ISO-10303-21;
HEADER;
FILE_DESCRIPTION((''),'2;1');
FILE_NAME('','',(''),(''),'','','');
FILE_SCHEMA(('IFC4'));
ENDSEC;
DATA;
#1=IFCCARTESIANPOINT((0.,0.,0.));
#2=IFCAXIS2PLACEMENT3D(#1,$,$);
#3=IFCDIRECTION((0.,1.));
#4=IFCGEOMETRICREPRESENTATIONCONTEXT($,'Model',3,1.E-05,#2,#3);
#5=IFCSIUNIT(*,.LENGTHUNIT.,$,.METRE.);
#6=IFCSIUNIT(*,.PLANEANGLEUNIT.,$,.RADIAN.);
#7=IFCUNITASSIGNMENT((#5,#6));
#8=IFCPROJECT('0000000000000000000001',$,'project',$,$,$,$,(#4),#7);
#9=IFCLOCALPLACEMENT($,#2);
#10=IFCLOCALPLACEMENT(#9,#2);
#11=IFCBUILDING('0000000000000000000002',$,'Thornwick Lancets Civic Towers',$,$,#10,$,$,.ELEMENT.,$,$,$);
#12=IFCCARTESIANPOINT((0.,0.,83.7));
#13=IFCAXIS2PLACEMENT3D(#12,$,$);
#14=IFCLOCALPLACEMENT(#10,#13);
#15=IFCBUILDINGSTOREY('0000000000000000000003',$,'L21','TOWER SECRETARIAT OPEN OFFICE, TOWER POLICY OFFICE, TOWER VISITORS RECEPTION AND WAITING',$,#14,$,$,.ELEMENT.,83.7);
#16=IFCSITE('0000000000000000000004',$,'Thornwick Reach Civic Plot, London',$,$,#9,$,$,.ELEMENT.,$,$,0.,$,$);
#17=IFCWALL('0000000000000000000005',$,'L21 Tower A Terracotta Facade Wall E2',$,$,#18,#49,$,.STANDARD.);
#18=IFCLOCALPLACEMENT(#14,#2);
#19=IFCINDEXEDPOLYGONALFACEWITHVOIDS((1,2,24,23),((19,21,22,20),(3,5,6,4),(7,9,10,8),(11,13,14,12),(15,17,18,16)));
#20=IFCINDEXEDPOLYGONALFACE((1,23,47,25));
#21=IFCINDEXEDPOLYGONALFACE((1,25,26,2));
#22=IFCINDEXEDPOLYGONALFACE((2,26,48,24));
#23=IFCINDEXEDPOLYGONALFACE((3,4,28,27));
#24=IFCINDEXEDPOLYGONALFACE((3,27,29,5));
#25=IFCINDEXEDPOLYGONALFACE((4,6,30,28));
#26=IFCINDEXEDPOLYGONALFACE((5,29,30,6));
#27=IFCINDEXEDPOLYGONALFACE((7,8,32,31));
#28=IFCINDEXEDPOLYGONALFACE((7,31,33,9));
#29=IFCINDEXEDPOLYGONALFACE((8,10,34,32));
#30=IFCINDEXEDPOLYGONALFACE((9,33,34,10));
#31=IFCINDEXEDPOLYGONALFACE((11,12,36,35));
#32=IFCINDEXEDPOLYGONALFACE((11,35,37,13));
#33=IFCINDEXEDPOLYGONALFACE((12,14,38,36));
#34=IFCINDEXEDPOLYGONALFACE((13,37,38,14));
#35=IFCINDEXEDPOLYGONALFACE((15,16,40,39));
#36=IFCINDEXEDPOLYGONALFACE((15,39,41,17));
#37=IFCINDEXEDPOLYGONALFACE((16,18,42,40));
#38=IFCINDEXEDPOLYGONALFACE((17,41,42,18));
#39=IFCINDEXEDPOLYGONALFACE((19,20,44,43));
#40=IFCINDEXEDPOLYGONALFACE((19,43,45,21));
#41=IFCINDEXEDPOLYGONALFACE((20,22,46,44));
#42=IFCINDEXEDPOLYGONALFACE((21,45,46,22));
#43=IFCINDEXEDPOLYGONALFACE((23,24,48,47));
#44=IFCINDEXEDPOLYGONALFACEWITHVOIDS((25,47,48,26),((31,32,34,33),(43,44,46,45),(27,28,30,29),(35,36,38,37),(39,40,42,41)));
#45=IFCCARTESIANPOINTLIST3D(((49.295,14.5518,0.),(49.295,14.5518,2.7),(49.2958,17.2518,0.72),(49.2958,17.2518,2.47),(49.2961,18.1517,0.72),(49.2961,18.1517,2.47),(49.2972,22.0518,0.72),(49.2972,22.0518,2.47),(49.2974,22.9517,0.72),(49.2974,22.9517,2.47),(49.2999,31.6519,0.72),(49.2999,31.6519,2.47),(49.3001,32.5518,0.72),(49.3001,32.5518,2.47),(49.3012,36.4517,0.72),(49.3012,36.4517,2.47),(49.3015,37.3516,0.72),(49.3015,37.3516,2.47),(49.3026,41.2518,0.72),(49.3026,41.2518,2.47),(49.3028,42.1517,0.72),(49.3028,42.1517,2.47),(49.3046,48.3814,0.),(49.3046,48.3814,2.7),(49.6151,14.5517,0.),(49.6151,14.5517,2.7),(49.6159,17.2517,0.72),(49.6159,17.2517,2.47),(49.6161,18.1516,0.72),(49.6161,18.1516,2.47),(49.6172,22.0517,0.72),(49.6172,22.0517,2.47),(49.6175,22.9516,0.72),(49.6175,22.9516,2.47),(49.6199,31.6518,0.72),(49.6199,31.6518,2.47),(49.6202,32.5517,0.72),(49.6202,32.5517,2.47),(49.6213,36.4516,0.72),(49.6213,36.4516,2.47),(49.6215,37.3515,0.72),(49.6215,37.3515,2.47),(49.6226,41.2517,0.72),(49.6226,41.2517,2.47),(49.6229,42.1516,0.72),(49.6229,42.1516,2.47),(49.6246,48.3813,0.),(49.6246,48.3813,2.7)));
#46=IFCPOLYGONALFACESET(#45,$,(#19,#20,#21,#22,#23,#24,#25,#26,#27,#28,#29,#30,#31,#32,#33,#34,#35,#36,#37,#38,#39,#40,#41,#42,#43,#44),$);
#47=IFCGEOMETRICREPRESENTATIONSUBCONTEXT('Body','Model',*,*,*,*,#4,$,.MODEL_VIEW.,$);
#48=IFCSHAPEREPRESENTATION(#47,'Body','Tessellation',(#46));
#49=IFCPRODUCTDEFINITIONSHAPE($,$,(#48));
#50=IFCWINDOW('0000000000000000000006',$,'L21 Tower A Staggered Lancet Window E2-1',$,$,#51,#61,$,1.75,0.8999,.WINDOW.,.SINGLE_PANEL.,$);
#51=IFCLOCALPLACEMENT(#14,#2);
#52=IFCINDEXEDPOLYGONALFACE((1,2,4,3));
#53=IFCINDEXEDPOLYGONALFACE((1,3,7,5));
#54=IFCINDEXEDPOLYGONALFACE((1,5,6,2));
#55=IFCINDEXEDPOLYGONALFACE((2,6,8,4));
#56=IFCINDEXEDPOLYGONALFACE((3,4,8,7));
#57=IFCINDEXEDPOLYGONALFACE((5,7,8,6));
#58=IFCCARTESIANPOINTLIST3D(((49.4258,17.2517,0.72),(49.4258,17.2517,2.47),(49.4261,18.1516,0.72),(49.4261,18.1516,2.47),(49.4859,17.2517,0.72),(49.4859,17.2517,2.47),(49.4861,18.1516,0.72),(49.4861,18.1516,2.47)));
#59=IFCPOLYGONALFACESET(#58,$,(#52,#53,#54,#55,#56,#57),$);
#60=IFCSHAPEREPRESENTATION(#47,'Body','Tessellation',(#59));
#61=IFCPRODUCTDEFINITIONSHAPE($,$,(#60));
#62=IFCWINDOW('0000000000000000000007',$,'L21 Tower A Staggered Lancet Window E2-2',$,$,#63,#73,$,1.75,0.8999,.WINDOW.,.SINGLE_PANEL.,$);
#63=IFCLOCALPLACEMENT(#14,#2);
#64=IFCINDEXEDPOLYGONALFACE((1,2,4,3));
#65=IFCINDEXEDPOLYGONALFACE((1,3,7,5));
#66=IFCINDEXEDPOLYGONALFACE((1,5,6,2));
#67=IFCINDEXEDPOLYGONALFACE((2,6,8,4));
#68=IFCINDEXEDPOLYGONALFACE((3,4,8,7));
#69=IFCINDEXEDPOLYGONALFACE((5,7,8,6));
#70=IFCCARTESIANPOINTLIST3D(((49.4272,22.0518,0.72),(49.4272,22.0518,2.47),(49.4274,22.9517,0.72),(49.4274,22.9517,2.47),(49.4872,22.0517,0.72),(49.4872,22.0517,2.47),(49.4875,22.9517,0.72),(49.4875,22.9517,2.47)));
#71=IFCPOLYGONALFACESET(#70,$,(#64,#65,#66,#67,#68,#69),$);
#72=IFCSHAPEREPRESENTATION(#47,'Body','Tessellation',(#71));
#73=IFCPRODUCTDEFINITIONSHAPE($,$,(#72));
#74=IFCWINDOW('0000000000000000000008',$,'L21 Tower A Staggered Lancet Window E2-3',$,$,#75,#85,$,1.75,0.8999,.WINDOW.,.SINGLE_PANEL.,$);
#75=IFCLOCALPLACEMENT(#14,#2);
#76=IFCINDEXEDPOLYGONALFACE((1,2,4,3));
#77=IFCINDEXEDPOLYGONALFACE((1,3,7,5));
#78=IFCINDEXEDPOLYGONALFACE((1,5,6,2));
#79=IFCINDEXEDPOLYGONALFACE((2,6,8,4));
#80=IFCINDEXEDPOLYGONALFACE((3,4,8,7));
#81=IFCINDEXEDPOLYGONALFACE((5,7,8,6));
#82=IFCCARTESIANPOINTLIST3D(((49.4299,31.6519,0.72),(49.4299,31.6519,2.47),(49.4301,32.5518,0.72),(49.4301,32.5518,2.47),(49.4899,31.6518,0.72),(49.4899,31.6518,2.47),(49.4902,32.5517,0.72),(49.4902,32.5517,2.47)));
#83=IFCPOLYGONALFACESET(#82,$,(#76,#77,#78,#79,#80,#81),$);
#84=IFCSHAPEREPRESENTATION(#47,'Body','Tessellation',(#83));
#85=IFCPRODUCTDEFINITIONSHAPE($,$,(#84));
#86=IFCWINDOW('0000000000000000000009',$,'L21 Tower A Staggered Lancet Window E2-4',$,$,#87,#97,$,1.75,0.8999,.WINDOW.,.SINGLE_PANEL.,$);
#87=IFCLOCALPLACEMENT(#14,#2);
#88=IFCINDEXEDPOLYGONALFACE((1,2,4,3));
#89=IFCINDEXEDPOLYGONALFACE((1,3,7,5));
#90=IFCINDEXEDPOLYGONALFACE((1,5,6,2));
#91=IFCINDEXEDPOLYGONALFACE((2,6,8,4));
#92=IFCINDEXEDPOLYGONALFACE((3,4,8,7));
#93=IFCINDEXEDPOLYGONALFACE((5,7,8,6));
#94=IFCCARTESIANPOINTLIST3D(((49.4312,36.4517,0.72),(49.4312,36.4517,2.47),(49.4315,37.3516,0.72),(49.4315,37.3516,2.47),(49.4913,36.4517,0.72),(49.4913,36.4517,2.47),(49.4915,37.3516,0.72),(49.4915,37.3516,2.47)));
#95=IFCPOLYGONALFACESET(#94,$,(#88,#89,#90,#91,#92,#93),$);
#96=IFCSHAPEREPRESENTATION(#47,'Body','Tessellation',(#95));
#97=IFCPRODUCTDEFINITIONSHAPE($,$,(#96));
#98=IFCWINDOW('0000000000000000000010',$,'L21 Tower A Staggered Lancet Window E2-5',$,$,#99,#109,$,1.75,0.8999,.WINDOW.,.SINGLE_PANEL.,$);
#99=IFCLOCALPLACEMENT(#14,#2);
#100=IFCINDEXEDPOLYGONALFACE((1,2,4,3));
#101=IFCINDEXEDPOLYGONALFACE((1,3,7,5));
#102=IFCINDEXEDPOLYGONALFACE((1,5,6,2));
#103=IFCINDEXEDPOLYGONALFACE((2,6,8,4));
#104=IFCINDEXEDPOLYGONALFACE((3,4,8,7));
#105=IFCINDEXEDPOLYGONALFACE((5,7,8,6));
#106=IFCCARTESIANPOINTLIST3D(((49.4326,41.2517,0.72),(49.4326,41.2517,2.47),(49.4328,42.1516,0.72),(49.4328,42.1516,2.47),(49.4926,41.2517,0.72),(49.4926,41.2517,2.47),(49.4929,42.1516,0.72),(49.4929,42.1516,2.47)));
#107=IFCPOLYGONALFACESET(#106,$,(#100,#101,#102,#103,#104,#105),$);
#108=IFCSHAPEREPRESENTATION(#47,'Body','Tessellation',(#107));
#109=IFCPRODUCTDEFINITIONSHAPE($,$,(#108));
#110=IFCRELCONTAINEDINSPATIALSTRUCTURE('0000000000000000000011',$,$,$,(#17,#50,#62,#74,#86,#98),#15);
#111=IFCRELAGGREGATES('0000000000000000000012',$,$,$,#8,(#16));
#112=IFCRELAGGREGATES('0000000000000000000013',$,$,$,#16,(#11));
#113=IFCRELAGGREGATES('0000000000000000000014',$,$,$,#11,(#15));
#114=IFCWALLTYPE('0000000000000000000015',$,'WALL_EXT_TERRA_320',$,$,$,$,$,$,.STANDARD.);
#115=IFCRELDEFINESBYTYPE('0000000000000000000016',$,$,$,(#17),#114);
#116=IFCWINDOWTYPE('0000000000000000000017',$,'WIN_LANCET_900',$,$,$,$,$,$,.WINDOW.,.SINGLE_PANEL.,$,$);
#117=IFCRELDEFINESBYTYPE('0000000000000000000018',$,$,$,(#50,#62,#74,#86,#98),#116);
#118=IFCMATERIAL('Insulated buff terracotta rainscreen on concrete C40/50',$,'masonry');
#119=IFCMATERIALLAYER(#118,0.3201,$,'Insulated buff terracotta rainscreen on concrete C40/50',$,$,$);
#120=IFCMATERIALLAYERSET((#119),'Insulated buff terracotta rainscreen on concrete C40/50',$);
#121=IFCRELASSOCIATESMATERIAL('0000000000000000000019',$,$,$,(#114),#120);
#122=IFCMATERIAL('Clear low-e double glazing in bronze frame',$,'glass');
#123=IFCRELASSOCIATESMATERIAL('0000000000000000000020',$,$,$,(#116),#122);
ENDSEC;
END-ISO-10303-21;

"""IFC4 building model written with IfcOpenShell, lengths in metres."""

from ifc_helpers import new_model, si_unit, direction, frame, frame_2d, origin, place, context, subcontext, project, spatial, rectangle, extrude, material, layer, layer_set, type_object, element, fill, save


model = new_model("IFC4")

# Units and contexts
model_context = context("Model", 3, precision=1e-05, world=origin(), true_north=direction((0.0, 1.0)))
body_context = subcontext(model_context, "Body", "Model", "MODEL_VIEW")
ifc_project = project(units=[si_unit("LENGTHUNIT", "METRE"), si_unit("PLANEANGLEUNIT", "RADIAN")], contexts=[model_context])

# Site, building, storey
site_placement = place(None, origin())
site = spatial("IfcSite", under=ifc_project, at=site_placement, Name="Thornwick Reach Civic Plot, London", CompositionType="ELEMENT", RefElevation=0.0)
building_placement = place(site_placement, origin())
building = spatial("IfcBuilding", under=site, at=building_placement, Name="Thornwick Lancets Civic Towers", CompositionType="ELEMENT")
storey_placement = place(building_placement, frame((0.0, 0.0, 83.7)))
storey = spatial("IfcBuildingStorey", under=building, at=storey_placement, Name="L21", Description="TOWER SECRETARIAT OPEN OFFICE, TOWER POLICY OFFICE, TOWER VISITORS RECEPTION AND WAITING", CompositionType="ELEMENT", Elevation=83.7)

# Wall, openings, windows
ifc_material_1 = material(Name="Insulated buff terracotta rainscreen on concrete C40/50", Category="masonry")
ifc_layer_1 = layer(ifc_material_1, 0.3201, Name="Insulated buff terracotta rainscreen on concrete C40/50")
ifc_layer_set_1 = layer_set([ifc_layer_1], Name="Insulated buff terracotta rainscreen on concrete C40/50")
wall_type_1 = type_object("IfcWallType", Name="WALL_EXT_TERRA_320", PredefinedType="STANDARD", material=ifc_layer_set_1)
wall_1_placement = place(storey_placement, frame((49.4551, 14.5518, 0.0), z_axis=(0.0, 0.0, 1.0), x_axis=(0.000281, 1.0, 0.0)))
wall_1 = element("IfcWall", 1, at=wall_1_placement, inside=storey, type_object=wall_type_1, Name="L21 Tower A Terracotta Facade Wall E2", PredefinedType="STANDARD", context=body_context, shape_type="SweptSolid", body=[
    extrude(rectangle(XDim=33.8296, YDim=0.3201, at=frame_2d((16.9148, 0.0))), origin(), (0.0, 0.0, 1.0), 2.7),
])
opening_1_placement = place(wall_1_placement, frame((2.7, 0.0, 0.72)))
opening_1 = element("IfcOpeningElement", 2, at=opening_1_placement, cuts=wall_1, PredefinedType="OPENING", context=body_context, shape_type="SweptSolid", body=[
    extrude(rectangle(XDim=0.8999, YDim=1.75, at=frame_2d((0.45, 0.875))), frame((0.0, 0.1699, 0.0), z_axis=(0.0, -1.0, 0.0), x_axis=(1.0, 0.0, 0.0)), (0.0, 0.0, 1.0), 0.3401),
])
opening_2_placement = place(wall_1_placement, frame((7.5, 0.0, 0.72)))
opening_2 = element("IfcOpeningElement", 3, at=opening_2_placement, cuts=wall_1, PredefinedType="OPENING", context=body_context, shape_type="SweptSolid", body=[
    extrude(rectangle(XDim=0.8999, YDim=1.75, at=frame_2d((0.45, 0.875))), frame((0.0, 0.1699, 0.0), z_axis=(0.0, -1.0, 0.0), x_axis=(1.0, 0.0, 0.0)), (0.0, 0.0, 1.0), 0.3401),
])
opening_3_placement = place(wall_1_placement, frame((17.1001, 0.0, 0.72)))
opening_3 = element("IfcOpeningElement", 4, at=opening_3_placement, cuts=wall_1, PredefinedType="OPENING", context=body_context, shape_type="SweptSolid", body=[
    extrude(rectangle(XDim=0.8999, YDim=1.75, at=frame_2d((0.45, 0.875))), frame((0.0, 0.1699, 0.0), z_axis=(0.0, -1.0, 0.0), x_axis=(1.0, 0.0, 0.0)), (0.0, 0.0, 1.0), 0.3401),
])
opening_4_placement = place(wall_1_placement, frame((21.8999, 0.0, 0.72)))
opening_4 = element("IfcOpeningElement", 5, at=opening_4_placement, cuts=wall_1, PredefinedType="OPENING", context=body_context, shape_type="SweptSolid", body=[
    extrude(rectangle(XDim=0.8999, YDim=1.75, at=frame_2d((0.45, 0.875))), frame((0.0, 0.1699, 0.0), z_axis=(0.0, -1.0, 0.0), x_axis=(1.0, 0.0, 0.0)), (0.0, 0.0, 1.0), 0.3401),
])
opening_5_placement = place(wall_1_placement, frame((26.7, 0.0, 0.72)))
opening_5 = element("IfcOpeningElement", 6, at=opening_5_placement, cuts=wall_1, PredefinedType="OPENING", context=body_context, shape_type="SweptSolid", body=[
    extrude(rectangle(XDim=0.8999, YDim=1.75, at=frame_2d((0.45, 0.875))), frame((0.0, 0.1699, 0.0), z_axis=(0.0, -1.0, 0.0), x_axis=(1.0, 0.0, 0.0)), (0.0, 0.0, 1.0), 0.3401),
])
ifc_material_2 = material(Name="Clear low-e double glazing in bronze frame", Category="glass")
window_type = type_object("IfcWindowType", Name="WIN_LANCET_900", PartitioningType="SINGLE_PANEL", PredefinedType="WINDOW", material=ifc_material_2)
window_1_placement = place(opening_1_placement, origin())
window_1 = element("IfcWindow", 7, at=window_1_placement, inside=storey, type_object=window_type, Name="L21 Tower A Staggered Lancet Window E2-1", OverallHeight=1.75, OverallWidth=0.8999, PartitioningType="SINGLE_PANEL", PredefinedType="WINDOW", context=body_context, shape_type="SweptSolid", body=[
    extrude(rectangle(XDim=0.8999, YDim=1.75, at=frame_2d((0.45, 0.875))), frame((0.0, 0.03, 0.0), z_axis=(0.0, -1.0, 0.0), x_axis=(1.0, 0.0, 0.0)), (0.0, 0.0, 1.0), 0.0601),
])
fill(opening_1, window_1)
window_2_placement = place(opening_2_placement, origin())
window_2 = element("IfcWindow", 8, at=window_2_placement, inside=storey, type_object=window_type, Name="L21 Tower A Staggered Lancet Window E2-2", OverallHeight=1.75, OverallWidth=0.8999, PartitioningType="SINGLE_PANEL", PredefinedType="WINDOW", context=body_context, shape_type="SweptSolid", body=[
    extrude(rectangle(XDim=0.8999, YDim=1.75, at=frame_2d((0.45, 0.875))), frame((0.0, 0.03, 0.0), z_axis=(0.0, -1.0, 0.0), x_axis=(1.0, 0.0, 0.0)), (0.0, 0.0, 1.0), 0.0601),
])
fill(opening_2, window_2)
window_3_placement = place(opening_3_placement, origin())
window_3 = element("IfcWindow", 9, at=window_3_placement, inside=storey, type_object=window_type, Name="L21 Tower A Staggered Lancet Window E2-3", OverallHeight=1.75, OverallWidth=0.8999, PartitioningType="SINGLE_PANEL", PredefinedType="WINDOW", context=body_context, shape_type="SweptSolid", body=[
    extrude(rectangle(XDim=0.8999, YDim=1.75, at=frame_2d((0.45, 0.875))), frame((0.0, 0.03, 0.0), z_axis=(0.0, -1.0, 0.0), x_axis=(1.0, 0.0, 0.0)), (0.0, 0.0, 1.0), 0.0601),
])
fill(opening_3, window_3)
window_4_placement = place(opening_4_placement, origin())
window_4 = element("IfcWindow", 10, at=window_4_placement, inside=storey, type_object=window_type, Name="L21 Tower A Staggered Lancet Window E2-4", OverallHeight=1.75, OverallWidth=0.8999, PartitioningType="SINGLE_PANEL", PredefinedType="WINDOW", context=body_context, shape_type="SweptSolid", body=[
    extrude(rectangle(XDim=0.8999, YDim=1.75, at=frame_2d((0.45, 0.875))), frame((0.0, 0.03, 0.0), z_axis=(0.0, -1.0, 0.0), x_axis=(1.0, 0.0, 0.0)), (0.0, 0.0, 1.0), 0.0601),
])
fill(opening_4, window_4)
window_5_placement = place(opening_5_placement, origin())
window_5 = element("IfcWindow", 11, at=window_5_placement, inside=storey, type_object=window_type, Name="L21 Tower A Staggered Lancet Window E2-5", OverallHeight=1.75, OverallWidth=0.8999, PartitioningType="SINGLE_PANEL", PredefinedType="WINDOW", context=body_context, shape_type="SweptSolid", body=[
    extrude(rectangle(XDim=0.8999, YDim=1.75, at=frame_2d((0.45, 0.875))), frame((0.0, 0.03, 0.0), z_axis=(0.0, -1.0, 0.0), x_axis=(1.0, 0.0, 0.0)), (0.0, 0.0, 1.0), 0.0601),
])
fill(opening_5, window_5)

save(model, "model.ifc")
